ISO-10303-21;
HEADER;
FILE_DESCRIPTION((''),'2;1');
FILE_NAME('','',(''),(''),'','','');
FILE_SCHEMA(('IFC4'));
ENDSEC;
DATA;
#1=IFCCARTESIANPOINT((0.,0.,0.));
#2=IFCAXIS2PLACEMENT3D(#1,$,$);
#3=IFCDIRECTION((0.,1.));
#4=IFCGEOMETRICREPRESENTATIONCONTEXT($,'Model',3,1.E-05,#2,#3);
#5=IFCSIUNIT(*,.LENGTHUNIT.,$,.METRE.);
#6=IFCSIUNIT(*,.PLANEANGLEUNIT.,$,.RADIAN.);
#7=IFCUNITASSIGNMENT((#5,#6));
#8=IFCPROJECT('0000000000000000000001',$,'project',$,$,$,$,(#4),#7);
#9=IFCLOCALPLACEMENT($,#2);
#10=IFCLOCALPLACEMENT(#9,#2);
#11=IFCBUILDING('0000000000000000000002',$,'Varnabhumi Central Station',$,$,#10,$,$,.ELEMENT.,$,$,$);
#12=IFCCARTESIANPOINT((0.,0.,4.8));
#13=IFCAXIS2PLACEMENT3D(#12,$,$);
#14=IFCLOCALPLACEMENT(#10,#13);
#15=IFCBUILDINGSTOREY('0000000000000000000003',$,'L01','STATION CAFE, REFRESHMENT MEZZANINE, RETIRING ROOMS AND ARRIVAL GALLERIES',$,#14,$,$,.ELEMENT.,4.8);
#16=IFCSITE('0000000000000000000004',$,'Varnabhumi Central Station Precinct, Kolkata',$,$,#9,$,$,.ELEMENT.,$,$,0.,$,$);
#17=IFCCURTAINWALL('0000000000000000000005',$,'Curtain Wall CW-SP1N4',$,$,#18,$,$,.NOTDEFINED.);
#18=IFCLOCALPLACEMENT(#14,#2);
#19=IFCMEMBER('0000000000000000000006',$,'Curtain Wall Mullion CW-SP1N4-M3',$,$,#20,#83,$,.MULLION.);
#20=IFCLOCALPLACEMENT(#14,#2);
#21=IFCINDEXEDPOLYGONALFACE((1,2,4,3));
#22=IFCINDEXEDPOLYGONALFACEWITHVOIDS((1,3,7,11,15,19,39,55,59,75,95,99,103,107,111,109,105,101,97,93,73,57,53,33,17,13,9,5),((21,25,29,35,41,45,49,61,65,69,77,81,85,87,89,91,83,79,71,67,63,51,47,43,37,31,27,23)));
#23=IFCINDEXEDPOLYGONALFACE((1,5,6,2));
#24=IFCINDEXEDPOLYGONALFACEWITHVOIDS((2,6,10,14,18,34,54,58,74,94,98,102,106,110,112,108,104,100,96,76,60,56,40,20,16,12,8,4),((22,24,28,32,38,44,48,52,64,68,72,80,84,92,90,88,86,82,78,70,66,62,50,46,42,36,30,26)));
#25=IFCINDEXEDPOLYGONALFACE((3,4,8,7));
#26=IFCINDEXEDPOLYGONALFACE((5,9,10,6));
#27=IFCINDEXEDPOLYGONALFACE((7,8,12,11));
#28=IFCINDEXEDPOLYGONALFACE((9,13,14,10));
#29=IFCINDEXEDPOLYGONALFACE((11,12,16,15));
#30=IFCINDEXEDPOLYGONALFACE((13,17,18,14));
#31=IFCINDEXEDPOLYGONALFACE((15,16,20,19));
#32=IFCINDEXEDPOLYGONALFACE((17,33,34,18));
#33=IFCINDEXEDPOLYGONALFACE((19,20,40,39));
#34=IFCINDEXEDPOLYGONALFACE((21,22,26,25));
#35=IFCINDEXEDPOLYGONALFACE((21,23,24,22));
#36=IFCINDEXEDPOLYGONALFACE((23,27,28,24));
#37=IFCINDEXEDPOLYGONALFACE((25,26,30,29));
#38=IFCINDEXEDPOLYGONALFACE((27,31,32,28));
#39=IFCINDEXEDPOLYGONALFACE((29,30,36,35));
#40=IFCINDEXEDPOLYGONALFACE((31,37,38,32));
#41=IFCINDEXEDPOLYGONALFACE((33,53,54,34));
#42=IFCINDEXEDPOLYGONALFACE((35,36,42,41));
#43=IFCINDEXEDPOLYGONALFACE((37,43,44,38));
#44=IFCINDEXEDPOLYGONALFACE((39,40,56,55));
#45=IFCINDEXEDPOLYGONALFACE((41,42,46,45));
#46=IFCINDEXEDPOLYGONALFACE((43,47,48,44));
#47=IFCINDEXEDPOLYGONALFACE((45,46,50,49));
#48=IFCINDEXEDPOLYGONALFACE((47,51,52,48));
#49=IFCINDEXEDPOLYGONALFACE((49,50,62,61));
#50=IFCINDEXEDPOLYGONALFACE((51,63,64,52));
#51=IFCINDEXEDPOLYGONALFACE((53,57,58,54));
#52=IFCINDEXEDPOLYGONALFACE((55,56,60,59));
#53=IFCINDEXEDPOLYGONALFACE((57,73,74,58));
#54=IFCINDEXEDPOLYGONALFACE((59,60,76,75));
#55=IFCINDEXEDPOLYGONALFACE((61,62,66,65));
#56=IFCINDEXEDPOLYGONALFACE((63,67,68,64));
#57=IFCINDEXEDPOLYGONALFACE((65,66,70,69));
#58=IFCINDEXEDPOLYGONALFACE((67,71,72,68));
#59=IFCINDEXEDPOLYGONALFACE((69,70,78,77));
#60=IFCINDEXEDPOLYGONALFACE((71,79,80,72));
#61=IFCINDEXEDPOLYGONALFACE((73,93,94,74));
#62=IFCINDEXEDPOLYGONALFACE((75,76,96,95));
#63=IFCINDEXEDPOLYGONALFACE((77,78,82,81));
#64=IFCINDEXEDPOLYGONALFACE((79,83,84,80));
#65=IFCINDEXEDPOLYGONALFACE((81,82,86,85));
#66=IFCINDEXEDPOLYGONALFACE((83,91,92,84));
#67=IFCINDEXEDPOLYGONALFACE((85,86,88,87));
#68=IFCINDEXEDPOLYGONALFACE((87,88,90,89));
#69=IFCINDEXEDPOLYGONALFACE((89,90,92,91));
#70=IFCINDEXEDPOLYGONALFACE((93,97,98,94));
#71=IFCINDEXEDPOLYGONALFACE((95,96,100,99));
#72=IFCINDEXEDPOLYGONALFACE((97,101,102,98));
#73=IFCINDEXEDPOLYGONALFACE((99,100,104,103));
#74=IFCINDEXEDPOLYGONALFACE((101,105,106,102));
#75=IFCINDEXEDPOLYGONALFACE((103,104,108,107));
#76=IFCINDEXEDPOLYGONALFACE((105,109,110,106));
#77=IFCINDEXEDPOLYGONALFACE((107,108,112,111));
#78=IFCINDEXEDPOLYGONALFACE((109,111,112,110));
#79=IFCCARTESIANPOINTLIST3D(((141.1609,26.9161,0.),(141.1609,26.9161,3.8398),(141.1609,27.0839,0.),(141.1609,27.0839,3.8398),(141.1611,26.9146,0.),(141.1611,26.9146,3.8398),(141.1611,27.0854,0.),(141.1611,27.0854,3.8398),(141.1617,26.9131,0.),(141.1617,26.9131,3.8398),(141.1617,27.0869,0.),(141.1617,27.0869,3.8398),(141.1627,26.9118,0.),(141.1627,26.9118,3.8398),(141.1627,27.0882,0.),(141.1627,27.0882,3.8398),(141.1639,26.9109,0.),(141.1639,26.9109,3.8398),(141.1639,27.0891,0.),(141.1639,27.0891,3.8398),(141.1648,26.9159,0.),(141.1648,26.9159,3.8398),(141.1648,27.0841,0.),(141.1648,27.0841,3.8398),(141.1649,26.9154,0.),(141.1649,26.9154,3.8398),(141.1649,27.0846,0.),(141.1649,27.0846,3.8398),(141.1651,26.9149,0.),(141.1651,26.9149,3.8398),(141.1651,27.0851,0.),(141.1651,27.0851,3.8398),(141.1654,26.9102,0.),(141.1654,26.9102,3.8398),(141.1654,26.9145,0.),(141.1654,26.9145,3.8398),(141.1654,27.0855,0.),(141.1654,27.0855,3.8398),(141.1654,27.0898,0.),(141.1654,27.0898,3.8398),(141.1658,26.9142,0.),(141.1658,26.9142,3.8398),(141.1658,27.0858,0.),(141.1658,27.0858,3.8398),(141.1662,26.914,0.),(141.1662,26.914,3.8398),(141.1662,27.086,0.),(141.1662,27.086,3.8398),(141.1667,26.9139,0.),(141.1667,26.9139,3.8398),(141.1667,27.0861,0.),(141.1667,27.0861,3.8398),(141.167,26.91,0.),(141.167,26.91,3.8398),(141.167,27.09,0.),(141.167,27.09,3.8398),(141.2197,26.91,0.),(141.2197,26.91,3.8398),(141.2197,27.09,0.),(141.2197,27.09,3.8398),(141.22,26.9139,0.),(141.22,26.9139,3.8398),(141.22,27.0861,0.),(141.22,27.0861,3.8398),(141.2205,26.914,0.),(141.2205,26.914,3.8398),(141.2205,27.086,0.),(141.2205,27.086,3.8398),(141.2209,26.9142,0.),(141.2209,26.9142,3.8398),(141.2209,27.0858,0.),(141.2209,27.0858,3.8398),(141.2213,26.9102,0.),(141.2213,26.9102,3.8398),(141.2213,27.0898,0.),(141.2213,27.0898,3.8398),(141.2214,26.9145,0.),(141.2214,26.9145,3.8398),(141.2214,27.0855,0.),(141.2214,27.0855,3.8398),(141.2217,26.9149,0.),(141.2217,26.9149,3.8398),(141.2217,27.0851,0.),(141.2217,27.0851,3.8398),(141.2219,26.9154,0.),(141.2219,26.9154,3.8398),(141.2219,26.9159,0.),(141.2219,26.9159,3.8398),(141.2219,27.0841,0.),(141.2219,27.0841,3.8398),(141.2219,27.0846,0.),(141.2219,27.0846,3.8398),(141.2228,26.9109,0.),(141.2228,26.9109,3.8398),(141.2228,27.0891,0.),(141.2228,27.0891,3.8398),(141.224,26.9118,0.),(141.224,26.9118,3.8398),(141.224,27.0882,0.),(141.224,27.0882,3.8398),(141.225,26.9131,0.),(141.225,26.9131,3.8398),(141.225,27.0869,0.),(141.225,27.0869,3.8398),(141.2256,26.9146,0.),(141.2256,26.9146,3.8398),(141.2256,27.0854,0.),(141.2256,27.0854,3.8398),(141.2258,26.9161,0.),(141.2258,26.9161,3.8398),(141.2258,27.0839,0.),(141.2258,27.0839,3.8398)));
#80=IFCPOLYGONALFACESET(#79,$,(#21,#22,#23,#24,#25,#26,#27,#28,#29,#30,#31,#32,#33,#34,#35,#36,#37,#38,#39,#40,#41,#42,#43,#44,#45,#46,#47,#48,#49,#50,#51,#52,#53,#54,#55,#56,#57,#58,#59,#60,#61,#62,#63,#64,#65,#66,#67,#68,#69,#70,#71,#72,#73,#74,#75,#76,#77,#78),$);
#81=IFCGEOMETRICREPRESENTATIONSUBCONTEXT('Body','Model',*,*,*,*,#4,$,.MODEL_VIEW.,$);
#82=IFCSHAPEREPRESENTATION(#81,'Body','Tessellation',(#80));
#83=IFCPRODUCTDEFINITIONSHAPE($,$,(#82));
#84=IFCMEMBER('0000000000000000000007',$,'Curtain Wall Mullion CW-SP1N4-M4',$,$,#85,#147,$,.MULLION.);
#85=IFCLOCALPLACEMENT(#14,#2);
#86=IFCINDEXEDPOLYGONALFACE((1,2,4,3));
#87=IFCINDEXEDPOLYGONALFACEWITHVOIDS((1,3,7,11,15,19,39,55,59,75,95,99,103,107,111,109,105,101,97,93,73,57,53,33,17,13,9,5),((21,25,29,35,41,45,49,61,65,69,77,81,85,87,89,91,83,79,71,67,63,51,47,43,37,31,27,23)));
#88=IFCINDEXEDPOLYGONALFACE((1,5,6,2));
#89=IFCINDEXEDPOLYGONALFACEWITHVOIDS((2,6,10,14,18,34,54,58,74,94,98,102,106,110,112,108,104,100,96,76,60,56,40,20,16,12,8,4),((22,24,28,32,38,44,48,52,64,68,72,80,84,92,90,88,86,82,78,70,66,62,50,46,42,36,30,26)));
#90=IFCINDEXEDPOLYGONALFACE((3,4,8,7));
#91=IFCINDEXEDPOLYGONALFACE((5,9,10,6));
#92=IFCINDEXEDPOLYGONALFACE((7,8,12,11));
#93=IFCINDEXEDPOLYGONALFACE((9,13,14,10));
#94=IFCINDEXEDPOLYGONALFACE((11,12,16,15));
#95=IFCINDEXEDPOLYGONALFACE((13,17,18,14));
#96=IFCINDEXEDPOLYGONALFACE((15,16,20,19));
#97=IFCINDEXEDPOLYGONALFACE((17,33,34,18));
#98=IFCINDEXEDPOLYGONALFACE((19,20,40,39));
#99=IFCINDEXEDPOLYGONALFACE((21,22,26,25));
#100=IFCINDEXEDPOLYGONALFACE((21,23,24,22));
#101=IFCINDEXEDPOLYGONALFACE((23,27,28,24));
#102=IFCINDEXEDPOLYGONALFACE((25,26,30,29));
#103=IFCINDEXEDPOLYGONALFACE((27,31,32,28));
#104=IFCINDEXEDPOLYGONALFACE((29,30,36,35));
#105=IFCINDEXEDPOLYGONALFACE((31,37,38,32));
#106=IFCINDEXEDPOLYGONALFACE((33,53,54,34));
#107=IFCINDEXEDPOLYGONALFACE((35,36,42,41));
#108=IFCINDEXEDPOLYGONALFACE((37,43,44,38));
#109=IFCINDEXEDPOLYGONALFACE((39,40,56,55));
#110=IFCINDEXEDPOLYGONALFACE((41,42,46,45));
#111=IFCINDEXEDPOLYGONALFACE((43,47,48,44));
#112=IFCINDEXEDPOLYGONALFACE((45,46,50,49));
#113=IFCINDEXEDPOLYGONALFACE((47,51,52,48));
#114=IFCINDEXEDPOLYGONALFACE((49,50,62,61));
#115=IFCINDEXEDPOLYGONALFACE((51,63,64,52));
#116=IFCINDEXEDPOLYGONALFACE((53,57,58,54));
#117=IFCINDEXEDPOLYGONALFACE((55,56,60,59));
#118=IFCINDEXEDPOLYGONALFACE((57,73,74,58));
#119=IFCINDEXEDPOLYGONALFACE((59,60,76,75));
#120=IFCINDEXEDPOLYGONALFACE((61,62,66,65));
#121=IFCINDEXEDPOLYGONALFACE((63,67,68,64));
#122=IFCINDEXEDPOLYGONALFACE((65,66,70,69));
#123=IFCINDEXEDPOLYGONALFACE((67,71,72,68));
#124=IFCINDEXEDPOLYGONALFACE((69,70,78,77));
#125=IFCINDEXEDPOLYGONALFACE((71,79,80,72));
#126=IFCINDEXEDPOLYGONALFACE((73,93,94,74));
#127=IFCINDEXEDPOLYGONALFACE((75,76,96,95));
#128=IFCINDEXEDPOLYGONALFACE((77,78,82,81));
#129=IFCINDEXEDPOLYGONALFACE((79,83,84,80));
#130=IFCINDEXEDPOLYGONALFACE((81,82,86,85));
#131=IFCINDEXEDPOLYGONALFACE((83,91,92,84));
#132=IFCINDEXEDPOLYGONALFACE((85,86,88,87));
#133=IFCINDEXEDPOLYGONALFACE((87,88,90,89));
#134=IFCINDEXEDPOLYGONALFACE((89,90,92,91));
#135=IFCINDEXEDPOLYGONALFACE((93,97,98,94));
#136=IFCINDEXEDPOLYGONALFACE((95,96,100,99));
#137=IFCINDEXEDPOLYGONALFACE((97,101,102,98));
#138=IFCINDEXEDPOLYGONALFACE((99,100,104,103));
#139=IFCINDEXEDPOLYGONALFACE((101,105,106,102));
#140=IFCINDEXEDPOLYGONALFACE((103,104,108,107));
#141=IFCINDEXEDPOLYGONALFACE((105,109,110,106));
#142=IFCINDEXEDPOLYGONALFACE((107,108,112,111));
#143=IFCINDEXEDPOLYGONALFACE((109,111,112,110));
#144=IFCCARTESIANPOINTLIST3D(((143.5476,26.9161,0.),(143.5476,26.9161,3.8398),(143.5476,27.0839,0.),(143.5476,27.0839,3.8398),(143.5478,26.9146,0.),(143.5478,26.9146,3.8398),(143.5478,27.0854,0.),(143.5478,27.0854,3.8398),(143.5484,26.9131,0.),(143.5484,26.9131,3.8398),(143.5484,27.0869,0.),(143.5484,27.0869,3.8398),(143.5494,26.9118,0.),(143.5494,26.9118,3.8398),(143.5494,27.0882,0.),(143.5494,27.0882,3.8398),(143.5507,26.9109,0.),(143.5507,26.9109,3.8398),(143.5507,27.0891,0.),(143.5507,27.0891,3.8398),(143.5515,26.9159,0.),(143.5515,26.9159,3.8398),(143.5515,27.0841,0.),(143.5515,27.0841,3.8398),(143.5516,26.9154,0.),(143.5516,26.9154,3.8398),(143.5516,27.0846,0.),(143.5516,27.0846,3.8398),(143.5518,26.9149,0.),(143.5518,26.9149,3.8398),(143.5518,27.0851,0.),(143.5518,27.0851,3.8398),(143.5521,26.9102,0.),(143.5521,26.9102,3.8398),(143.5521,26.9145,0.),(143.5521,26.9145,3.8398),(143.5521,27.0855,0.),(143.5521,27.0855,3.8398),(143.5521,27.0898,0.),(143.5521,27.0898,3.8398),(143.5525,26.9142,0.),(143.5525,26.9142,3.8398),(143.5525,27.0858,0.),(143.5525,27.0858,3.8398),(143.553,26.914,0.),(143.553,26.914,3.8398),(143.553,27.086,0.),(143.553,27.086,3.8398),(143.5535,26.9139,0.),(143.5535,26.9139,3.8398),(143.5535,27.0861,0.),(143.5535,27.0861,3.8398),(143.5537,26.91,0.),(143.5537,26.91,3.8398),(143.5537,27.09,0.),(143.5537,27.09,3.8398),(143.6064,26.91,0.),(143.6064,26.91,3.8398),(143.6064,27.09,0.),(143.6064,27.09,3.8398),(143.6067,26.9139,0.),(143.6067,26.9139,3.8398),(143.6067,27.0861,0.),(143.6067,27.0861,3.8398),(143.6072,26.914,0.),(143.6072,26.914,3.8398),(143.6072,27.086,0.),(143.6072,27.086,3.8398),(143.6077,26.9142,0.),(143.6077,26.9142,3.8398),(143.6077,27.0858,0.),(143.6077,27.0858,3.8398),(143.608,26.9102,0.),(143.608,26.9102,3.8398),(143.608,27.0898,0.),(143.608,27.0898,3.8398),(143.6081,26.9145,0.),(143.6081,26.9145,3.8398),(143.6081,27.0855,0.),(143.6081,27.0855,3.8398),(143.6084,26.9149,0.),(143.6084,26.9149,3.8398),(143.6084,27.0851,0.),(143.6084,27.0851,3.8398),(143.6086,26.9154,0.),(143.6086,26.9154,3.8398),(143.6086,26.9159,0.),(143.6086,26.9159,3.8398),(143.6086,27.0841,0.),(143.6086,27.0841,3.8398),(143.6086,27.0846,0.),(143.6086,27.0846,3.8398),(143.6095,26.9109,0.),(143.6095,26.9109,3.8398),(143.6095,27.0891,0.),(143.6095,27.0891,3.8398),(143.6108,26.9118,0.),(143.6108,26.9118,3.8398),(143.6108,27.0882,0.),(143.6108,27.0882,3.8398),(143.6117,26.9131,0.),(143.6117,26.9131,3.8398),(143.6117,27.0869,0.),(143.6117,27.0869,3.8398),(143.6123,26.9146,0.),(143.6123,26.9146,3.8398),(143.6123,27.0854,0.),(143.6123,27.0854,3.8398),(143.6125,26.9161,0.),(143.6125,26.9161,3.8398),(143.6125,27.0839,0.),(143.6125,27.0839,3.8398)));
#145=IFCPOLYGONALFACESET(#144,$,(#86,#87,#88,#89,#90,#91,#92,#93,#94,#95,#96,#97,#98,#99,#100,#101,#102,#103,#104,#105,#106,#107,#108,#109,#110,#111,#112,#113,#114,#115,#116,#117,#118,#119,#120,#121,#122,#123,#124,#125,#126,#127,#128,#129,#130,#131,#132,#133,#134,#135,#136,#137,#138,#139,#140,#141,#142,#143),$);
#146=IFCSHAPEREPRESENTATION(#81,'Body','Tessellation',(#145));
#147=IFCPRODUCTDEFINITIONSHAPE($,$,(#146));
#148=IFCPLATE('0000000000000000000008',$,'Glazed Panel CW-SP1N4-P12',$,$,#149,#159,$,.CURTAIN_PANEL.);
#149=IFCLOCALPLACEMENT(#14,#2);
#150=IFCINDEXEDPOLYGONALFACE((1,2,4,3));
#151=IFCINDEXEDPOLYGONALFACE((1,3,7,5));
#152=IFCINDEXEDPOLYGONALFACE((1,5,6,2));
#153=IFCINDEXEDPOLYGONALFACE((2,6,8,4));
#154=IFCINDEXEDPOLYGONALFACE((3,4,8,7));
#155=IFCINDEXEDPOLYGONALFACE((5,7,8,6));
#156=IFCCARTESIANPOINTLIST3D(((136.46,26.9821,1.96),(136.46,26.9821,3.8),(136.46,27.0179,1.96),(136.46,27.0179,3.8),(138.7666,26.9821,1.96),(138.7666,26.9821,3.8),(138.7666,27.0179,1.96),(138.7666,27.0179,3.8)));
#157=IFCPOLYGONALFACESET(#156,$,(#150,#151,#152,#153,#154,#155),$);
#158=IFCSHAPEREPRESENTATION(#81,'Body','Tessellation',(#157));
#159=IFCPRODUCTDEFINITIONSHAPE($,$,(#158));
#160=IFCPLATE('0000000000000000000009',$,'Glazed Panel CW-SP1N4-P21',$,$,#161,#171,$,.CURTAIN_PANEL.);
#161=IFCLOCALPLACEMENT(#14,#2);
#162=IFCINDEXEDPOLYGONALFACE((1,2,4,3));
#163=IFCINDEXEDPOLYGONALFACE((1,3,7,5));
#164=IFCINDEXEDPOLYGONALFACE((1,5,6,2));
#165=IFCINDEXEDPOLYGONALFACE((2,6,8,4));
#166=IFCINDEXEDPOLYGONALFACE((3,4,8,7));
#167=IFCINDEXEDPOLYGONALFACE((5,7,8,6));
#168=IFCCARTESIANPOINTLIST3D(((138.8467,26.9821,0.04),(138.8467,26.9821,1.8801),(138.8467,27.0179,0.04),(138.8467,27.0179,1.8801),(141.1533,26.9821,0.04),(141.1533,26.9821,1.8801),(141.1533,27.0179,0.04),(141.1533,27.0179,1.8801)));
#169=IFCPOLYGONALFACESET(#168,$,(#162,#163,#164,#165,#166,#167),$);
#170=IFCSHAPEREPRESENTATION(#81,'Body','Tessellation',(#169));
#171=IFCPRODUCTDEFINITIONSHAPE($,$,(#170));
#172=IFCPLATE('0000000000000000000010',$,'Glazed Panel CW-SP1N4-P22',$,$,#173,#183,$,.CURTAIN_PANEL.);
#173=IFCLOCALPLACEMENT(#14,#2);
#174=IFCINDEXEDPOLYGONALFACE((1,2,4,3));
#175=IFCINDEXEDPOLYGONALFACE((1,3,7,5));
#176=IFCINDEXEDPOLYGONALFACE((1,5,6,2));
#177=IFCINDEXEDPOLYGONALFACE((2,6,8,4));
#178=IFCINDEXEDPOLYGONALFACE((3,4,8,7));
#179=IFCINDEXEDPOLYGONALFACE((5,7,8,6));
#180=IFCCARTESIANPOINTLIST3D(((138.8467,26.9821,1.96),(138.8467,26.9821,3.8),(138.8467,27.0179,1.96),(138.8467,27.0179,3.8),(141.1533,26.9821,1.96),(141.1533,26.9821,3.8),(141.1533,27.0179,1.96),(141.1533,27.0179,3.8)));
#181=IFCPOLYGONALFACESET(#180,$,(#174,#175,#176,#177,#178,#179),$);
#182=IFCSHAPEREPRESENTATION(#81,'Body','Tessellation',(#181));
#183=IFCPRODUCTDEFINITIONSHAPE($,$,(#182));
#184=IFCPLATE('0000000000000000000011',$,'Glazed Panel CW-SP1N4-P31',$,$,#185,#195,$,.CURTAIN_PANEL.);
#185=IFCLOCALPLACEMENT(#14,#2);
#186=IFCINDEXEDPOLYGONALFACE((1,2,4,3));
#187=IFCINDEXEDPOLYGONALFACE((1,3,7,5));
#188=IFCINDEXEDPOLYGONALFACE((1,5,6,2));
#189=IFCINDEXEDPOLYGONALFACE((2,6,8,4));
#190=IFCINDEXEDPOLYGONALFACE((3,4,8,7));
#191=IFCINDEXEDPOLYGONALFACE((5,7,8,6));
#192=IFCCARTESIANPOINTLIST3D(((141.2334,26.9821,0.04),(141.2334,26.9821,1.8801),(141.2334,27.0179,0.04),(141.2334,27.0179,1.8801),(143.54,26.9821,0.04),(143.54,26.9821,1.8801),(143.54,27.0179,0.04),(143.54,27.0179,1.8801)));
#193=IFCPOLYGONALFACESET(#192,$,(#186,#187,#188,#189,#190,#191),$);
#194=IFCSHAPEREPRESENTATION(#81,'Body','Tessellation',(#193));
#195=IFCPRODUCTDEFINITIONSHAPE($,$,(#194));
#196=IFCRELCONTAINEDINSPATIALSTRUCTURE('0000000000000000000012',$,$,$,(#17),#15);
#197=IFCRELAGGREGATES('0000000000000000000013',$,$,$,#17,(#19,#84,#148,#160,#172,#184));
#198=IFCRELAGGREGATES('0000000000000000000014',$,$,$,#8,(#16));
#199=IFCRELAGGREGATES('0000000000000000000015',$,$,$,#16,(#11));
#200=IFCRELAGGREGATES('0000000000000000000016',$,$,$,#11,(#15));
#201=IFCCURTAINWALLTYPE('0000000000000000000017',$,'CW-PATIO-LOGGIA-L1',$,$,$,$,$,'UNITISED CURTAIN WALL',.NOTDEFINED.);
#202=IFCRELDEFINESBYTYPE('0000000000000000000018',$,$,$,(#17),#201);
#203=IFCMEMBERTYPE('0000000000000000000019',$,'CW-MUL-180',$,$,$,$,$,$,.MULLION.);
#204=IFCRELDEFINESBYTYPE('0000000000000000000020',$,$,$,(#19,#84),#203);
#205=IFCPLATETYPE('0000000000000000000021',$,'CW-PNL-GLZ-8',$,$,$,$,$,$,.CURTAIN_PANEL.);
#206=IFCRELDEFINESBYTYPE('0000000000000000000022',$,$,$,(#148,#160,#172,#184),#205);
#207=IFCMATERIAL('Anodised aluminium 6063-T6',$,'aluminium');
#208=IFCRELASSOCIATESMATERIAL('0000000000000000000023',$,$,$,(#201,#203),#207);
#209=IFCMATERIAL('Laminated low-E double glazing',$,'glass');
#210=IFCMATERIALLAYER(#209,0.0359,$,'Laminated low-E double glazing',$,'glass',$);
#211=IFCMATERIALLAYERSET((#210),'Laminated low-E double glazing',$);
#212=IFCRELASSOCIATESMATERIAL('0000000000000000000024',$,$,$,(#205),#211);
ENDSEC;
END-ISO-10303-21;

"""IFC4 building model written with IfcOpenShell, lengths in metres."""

from ifc_helpers import new_model, si_unit, direction, frame, origin, origin_2d, place, context, subcontext, project, spatial, rectangle, hollow_rectangle, extrude, material, layer, layer_set, material_profile, profile_set, type_object, element, aggregate, save


model = new_model("IFC4")

# Units and contexts
model_context = context("Model", 3, precision=1e-05, world=origin(), true_north=direction((0.0, 1.0)))
body_context = subcontext(model_context, "Body", "Model", "MODEL_VIEW")
ifc_project = project(units=[si_unit("LENGTHUNIT", "METRE"), si_unit("PLANEANGLEUNIT", "RADIAN")], contexts=[model_context])

# Site, building, storey
site_placement = place(None, origin())
site = spatial("IfcSite", under=ifc_project, at=site_placement, Name="Varnabhumi Central Station Precinct, Kolkata", CompositionType="ELEMENT", RefElevation=0.0)
building_placement = place(site_placement, origin())
building = spatial("IfcBuilding", under=site, at=building_placement, Name="Varnabhumi Central Station", CompositionType="ELEMENT")
storey_placement = place(building_placement, frame((0.0, 0.0, 4.8)))
storey = spatial("IfcBuildingStorey", under=building, at=storey_placement, Name="L01", Description="STATION CAFE, REFRESHMENT MEZZANINE, RETIRING ROOMS AND ARRIVAL GALLERIES", CompositionType="ELEMENT", Elevation=4.8)

# Curtain wall, members, plates
ifc_material_1 = material(Name="Anodised aluminium 6063-T6", Category="aluminium")
curtain_wall_type = type_object("IfcCurtainWallType", Name="CW-PATIO-LOGGIA-L1", ElementType="UNITISED CURTAIN WALL", PredefinedType="NOTDEFINED", material=ifc_material_1)
curtain_wall_placement = place(storey_placement, origin())
curtain_wall = element("IfcCurtainWall", 1, at=curtain_wall_placement, inside=storey, type_object=curtain_wall_type, Name="Curtain Wall CW-SP1N4", PredefinedType="NOTDEFINED")
ifc_material_profile_1 = material_profile(ifc_material_1, hollow_rectangle(XDim=0.0649, YDim=0.1799, WallThickness=0.0039, InnerFilletRadius=0.002, OuterFilletRadius=0.0061, at=origin_2d()), Name="Anodised aluminium 6063-T6", Category="aluminium")
ifc_profile_set_1 = profile_set([ifc_material_profile_1], Name="Anodised aluminium 6063-T6")
member_type = type_object("IfcMemberType", Name="CW-MUL-180", PredefinedType="MULLION", material=ifc_profile_set_1)
member_1_placement = place(storey_placement, frame((141.1934, 27.0, 0.0), z_axis=(0.0, 0.0, 1.0), x_axis=(1.0, 0.0, 0.0)))
member_1 = element("IfcMember", 2, at=member_1_placement, type_object=member_type, Name="Curtain Wall Mullion CW-SP1N4-M3", PredefinedType="MULLION", context=body_context, shape_type="SweptSolid", body=[
    extrude(hollow_rectangle(XDim=0.0649, YDim=0.1799, WallThickness=0.0039, InnerFilletRadius=0.002, OuterFilletRadius=0.0061, at=origin_2d()), origin(), (0.0, 0.0, 1.0), 3.8398),
])
member_2_placement = place(storey_placement, frame((143.5801, 27.0, 0.0), z_axis=(0.0, 0.0, 1.0), x_axis=(1.0, 0.0, 0.0)))
member_2 = element("IfcMember", 3, at=member_2_placement, type_object=member_type, Name="Curtain Wall Mullion CW-SP1N4-M4", PredefinedType="MULLION", context=body_context, shape_type="SweptSolid", body=[
    extrude(hollow_rectangle(XDim=0.0649, YDim=0.1799, WallThickness=0.0039, InnerFilletRadius=0.002, OuterFilletRadius=0.0061, at=origin_2d()), origin(), (0.0, 0.0, 1.0), 3.8398),
])
ifc_material_2 = material(Name="Laminated low-E double glazing", Category="glass")
ifc_layer_1 = layer(ifc_material_2, 0.0359, Name="Laminated low-E double glazing", Category="glass")
ifc_layer_set_1 = layer_set([ifc_layer_1], Name="Laminated low-E double glazing")
plate_type = type_object("IfcPlateType", Name="CW-PNL-GLZ-8", PredefinedType="CURTAIN_PANEL", material=ifc_layer_set_1)
plate_1_placement = place(storey_placement, frame((137.6133, 27.0, 1.96), z_axis=(0.0, 0.0, 1.0), x_axis=(1.0, 0.0, 0.0)))
plate_1 = element("IfcPlate", 4, at=plate_1_placement, type_object=plate_type, Name="Glazed Panel CW-SP1N4-P12", PredefinedType="CURTAIN_PANEL", context=body_context, shape_type="SweptSolid", body=[
    extrude(rectangle(XDim=2.3066, YDim=0.0359, at=origin_2d()), origin(), (0.0, 0.0, 1.0), 1.8401),
])
plate_2_placement = place(storey_placement, frame((140.0, 27.0, 0.04), z_axis=(0.0, 0.0, 1.0), x_axis=(1.0, 0.0, 0.0)))
plate_2 = element("IfcPlate", 5, at=plate_2_placement, type_object=plate_type, Name="Glazed Panel CW-SP1N4-P21", PredefinedType="CURTAIN_PANEL", context=body_context, shape_type="SweptSolid", body=[
    extrude(rectangle(XDim=2.3066, YDim=0.0359, at=origin_2d()), origin(), (0.0, 0.0, 1.0), 1.8401),
])
plate_3_placement = place(storey_placement, frame((140.0, 27.0, 1.96), z_axis=(0.0, 0.0, 1.0), x_axis=(1.0, 0.0, 0.0)))
plate_3 = element("IfcPlate", 6, at=plate_3_placement, type_object=plate_type, Name="Glazed Panel CW-SP1N4-P22", PredefinedType="CURTAIN_PANEL", context=body_context, shape_type="SweptSolid", body=[
    extrude(rectangle(XDim=2.3066, YDim=0.0359, at=origin_2d()), origin(), (0.0, 0.0, 1.0), 1.8401),
])
plate_4_placement = place(storey_placement, frame((142.3867, 27.0, 0.04), z_axis=(0.0, 0.0, 1.0), x_axis=(1.0, 0.0, 0.0)))
plate_4 = element("IfcPlate", 7, at=plate_4_placement, type_object=plate_type, Name="Glazed Panel CW-SP1N4-P31", PredefinedType="CURTAIN_PANEL", context=body_context, shape_type="SweptSolid", body=[
    extrude(rectangle(XDim=2.3066, YDim=0.0359, at=origin_2d()), origin(), (0.0, 0.0, 1.0), 1.8401),
])
aggregate(curtain_wall, [member_1, member_2, plate_1, plate_2, plate_3, plate_4])

save(model, "model.ifc")
